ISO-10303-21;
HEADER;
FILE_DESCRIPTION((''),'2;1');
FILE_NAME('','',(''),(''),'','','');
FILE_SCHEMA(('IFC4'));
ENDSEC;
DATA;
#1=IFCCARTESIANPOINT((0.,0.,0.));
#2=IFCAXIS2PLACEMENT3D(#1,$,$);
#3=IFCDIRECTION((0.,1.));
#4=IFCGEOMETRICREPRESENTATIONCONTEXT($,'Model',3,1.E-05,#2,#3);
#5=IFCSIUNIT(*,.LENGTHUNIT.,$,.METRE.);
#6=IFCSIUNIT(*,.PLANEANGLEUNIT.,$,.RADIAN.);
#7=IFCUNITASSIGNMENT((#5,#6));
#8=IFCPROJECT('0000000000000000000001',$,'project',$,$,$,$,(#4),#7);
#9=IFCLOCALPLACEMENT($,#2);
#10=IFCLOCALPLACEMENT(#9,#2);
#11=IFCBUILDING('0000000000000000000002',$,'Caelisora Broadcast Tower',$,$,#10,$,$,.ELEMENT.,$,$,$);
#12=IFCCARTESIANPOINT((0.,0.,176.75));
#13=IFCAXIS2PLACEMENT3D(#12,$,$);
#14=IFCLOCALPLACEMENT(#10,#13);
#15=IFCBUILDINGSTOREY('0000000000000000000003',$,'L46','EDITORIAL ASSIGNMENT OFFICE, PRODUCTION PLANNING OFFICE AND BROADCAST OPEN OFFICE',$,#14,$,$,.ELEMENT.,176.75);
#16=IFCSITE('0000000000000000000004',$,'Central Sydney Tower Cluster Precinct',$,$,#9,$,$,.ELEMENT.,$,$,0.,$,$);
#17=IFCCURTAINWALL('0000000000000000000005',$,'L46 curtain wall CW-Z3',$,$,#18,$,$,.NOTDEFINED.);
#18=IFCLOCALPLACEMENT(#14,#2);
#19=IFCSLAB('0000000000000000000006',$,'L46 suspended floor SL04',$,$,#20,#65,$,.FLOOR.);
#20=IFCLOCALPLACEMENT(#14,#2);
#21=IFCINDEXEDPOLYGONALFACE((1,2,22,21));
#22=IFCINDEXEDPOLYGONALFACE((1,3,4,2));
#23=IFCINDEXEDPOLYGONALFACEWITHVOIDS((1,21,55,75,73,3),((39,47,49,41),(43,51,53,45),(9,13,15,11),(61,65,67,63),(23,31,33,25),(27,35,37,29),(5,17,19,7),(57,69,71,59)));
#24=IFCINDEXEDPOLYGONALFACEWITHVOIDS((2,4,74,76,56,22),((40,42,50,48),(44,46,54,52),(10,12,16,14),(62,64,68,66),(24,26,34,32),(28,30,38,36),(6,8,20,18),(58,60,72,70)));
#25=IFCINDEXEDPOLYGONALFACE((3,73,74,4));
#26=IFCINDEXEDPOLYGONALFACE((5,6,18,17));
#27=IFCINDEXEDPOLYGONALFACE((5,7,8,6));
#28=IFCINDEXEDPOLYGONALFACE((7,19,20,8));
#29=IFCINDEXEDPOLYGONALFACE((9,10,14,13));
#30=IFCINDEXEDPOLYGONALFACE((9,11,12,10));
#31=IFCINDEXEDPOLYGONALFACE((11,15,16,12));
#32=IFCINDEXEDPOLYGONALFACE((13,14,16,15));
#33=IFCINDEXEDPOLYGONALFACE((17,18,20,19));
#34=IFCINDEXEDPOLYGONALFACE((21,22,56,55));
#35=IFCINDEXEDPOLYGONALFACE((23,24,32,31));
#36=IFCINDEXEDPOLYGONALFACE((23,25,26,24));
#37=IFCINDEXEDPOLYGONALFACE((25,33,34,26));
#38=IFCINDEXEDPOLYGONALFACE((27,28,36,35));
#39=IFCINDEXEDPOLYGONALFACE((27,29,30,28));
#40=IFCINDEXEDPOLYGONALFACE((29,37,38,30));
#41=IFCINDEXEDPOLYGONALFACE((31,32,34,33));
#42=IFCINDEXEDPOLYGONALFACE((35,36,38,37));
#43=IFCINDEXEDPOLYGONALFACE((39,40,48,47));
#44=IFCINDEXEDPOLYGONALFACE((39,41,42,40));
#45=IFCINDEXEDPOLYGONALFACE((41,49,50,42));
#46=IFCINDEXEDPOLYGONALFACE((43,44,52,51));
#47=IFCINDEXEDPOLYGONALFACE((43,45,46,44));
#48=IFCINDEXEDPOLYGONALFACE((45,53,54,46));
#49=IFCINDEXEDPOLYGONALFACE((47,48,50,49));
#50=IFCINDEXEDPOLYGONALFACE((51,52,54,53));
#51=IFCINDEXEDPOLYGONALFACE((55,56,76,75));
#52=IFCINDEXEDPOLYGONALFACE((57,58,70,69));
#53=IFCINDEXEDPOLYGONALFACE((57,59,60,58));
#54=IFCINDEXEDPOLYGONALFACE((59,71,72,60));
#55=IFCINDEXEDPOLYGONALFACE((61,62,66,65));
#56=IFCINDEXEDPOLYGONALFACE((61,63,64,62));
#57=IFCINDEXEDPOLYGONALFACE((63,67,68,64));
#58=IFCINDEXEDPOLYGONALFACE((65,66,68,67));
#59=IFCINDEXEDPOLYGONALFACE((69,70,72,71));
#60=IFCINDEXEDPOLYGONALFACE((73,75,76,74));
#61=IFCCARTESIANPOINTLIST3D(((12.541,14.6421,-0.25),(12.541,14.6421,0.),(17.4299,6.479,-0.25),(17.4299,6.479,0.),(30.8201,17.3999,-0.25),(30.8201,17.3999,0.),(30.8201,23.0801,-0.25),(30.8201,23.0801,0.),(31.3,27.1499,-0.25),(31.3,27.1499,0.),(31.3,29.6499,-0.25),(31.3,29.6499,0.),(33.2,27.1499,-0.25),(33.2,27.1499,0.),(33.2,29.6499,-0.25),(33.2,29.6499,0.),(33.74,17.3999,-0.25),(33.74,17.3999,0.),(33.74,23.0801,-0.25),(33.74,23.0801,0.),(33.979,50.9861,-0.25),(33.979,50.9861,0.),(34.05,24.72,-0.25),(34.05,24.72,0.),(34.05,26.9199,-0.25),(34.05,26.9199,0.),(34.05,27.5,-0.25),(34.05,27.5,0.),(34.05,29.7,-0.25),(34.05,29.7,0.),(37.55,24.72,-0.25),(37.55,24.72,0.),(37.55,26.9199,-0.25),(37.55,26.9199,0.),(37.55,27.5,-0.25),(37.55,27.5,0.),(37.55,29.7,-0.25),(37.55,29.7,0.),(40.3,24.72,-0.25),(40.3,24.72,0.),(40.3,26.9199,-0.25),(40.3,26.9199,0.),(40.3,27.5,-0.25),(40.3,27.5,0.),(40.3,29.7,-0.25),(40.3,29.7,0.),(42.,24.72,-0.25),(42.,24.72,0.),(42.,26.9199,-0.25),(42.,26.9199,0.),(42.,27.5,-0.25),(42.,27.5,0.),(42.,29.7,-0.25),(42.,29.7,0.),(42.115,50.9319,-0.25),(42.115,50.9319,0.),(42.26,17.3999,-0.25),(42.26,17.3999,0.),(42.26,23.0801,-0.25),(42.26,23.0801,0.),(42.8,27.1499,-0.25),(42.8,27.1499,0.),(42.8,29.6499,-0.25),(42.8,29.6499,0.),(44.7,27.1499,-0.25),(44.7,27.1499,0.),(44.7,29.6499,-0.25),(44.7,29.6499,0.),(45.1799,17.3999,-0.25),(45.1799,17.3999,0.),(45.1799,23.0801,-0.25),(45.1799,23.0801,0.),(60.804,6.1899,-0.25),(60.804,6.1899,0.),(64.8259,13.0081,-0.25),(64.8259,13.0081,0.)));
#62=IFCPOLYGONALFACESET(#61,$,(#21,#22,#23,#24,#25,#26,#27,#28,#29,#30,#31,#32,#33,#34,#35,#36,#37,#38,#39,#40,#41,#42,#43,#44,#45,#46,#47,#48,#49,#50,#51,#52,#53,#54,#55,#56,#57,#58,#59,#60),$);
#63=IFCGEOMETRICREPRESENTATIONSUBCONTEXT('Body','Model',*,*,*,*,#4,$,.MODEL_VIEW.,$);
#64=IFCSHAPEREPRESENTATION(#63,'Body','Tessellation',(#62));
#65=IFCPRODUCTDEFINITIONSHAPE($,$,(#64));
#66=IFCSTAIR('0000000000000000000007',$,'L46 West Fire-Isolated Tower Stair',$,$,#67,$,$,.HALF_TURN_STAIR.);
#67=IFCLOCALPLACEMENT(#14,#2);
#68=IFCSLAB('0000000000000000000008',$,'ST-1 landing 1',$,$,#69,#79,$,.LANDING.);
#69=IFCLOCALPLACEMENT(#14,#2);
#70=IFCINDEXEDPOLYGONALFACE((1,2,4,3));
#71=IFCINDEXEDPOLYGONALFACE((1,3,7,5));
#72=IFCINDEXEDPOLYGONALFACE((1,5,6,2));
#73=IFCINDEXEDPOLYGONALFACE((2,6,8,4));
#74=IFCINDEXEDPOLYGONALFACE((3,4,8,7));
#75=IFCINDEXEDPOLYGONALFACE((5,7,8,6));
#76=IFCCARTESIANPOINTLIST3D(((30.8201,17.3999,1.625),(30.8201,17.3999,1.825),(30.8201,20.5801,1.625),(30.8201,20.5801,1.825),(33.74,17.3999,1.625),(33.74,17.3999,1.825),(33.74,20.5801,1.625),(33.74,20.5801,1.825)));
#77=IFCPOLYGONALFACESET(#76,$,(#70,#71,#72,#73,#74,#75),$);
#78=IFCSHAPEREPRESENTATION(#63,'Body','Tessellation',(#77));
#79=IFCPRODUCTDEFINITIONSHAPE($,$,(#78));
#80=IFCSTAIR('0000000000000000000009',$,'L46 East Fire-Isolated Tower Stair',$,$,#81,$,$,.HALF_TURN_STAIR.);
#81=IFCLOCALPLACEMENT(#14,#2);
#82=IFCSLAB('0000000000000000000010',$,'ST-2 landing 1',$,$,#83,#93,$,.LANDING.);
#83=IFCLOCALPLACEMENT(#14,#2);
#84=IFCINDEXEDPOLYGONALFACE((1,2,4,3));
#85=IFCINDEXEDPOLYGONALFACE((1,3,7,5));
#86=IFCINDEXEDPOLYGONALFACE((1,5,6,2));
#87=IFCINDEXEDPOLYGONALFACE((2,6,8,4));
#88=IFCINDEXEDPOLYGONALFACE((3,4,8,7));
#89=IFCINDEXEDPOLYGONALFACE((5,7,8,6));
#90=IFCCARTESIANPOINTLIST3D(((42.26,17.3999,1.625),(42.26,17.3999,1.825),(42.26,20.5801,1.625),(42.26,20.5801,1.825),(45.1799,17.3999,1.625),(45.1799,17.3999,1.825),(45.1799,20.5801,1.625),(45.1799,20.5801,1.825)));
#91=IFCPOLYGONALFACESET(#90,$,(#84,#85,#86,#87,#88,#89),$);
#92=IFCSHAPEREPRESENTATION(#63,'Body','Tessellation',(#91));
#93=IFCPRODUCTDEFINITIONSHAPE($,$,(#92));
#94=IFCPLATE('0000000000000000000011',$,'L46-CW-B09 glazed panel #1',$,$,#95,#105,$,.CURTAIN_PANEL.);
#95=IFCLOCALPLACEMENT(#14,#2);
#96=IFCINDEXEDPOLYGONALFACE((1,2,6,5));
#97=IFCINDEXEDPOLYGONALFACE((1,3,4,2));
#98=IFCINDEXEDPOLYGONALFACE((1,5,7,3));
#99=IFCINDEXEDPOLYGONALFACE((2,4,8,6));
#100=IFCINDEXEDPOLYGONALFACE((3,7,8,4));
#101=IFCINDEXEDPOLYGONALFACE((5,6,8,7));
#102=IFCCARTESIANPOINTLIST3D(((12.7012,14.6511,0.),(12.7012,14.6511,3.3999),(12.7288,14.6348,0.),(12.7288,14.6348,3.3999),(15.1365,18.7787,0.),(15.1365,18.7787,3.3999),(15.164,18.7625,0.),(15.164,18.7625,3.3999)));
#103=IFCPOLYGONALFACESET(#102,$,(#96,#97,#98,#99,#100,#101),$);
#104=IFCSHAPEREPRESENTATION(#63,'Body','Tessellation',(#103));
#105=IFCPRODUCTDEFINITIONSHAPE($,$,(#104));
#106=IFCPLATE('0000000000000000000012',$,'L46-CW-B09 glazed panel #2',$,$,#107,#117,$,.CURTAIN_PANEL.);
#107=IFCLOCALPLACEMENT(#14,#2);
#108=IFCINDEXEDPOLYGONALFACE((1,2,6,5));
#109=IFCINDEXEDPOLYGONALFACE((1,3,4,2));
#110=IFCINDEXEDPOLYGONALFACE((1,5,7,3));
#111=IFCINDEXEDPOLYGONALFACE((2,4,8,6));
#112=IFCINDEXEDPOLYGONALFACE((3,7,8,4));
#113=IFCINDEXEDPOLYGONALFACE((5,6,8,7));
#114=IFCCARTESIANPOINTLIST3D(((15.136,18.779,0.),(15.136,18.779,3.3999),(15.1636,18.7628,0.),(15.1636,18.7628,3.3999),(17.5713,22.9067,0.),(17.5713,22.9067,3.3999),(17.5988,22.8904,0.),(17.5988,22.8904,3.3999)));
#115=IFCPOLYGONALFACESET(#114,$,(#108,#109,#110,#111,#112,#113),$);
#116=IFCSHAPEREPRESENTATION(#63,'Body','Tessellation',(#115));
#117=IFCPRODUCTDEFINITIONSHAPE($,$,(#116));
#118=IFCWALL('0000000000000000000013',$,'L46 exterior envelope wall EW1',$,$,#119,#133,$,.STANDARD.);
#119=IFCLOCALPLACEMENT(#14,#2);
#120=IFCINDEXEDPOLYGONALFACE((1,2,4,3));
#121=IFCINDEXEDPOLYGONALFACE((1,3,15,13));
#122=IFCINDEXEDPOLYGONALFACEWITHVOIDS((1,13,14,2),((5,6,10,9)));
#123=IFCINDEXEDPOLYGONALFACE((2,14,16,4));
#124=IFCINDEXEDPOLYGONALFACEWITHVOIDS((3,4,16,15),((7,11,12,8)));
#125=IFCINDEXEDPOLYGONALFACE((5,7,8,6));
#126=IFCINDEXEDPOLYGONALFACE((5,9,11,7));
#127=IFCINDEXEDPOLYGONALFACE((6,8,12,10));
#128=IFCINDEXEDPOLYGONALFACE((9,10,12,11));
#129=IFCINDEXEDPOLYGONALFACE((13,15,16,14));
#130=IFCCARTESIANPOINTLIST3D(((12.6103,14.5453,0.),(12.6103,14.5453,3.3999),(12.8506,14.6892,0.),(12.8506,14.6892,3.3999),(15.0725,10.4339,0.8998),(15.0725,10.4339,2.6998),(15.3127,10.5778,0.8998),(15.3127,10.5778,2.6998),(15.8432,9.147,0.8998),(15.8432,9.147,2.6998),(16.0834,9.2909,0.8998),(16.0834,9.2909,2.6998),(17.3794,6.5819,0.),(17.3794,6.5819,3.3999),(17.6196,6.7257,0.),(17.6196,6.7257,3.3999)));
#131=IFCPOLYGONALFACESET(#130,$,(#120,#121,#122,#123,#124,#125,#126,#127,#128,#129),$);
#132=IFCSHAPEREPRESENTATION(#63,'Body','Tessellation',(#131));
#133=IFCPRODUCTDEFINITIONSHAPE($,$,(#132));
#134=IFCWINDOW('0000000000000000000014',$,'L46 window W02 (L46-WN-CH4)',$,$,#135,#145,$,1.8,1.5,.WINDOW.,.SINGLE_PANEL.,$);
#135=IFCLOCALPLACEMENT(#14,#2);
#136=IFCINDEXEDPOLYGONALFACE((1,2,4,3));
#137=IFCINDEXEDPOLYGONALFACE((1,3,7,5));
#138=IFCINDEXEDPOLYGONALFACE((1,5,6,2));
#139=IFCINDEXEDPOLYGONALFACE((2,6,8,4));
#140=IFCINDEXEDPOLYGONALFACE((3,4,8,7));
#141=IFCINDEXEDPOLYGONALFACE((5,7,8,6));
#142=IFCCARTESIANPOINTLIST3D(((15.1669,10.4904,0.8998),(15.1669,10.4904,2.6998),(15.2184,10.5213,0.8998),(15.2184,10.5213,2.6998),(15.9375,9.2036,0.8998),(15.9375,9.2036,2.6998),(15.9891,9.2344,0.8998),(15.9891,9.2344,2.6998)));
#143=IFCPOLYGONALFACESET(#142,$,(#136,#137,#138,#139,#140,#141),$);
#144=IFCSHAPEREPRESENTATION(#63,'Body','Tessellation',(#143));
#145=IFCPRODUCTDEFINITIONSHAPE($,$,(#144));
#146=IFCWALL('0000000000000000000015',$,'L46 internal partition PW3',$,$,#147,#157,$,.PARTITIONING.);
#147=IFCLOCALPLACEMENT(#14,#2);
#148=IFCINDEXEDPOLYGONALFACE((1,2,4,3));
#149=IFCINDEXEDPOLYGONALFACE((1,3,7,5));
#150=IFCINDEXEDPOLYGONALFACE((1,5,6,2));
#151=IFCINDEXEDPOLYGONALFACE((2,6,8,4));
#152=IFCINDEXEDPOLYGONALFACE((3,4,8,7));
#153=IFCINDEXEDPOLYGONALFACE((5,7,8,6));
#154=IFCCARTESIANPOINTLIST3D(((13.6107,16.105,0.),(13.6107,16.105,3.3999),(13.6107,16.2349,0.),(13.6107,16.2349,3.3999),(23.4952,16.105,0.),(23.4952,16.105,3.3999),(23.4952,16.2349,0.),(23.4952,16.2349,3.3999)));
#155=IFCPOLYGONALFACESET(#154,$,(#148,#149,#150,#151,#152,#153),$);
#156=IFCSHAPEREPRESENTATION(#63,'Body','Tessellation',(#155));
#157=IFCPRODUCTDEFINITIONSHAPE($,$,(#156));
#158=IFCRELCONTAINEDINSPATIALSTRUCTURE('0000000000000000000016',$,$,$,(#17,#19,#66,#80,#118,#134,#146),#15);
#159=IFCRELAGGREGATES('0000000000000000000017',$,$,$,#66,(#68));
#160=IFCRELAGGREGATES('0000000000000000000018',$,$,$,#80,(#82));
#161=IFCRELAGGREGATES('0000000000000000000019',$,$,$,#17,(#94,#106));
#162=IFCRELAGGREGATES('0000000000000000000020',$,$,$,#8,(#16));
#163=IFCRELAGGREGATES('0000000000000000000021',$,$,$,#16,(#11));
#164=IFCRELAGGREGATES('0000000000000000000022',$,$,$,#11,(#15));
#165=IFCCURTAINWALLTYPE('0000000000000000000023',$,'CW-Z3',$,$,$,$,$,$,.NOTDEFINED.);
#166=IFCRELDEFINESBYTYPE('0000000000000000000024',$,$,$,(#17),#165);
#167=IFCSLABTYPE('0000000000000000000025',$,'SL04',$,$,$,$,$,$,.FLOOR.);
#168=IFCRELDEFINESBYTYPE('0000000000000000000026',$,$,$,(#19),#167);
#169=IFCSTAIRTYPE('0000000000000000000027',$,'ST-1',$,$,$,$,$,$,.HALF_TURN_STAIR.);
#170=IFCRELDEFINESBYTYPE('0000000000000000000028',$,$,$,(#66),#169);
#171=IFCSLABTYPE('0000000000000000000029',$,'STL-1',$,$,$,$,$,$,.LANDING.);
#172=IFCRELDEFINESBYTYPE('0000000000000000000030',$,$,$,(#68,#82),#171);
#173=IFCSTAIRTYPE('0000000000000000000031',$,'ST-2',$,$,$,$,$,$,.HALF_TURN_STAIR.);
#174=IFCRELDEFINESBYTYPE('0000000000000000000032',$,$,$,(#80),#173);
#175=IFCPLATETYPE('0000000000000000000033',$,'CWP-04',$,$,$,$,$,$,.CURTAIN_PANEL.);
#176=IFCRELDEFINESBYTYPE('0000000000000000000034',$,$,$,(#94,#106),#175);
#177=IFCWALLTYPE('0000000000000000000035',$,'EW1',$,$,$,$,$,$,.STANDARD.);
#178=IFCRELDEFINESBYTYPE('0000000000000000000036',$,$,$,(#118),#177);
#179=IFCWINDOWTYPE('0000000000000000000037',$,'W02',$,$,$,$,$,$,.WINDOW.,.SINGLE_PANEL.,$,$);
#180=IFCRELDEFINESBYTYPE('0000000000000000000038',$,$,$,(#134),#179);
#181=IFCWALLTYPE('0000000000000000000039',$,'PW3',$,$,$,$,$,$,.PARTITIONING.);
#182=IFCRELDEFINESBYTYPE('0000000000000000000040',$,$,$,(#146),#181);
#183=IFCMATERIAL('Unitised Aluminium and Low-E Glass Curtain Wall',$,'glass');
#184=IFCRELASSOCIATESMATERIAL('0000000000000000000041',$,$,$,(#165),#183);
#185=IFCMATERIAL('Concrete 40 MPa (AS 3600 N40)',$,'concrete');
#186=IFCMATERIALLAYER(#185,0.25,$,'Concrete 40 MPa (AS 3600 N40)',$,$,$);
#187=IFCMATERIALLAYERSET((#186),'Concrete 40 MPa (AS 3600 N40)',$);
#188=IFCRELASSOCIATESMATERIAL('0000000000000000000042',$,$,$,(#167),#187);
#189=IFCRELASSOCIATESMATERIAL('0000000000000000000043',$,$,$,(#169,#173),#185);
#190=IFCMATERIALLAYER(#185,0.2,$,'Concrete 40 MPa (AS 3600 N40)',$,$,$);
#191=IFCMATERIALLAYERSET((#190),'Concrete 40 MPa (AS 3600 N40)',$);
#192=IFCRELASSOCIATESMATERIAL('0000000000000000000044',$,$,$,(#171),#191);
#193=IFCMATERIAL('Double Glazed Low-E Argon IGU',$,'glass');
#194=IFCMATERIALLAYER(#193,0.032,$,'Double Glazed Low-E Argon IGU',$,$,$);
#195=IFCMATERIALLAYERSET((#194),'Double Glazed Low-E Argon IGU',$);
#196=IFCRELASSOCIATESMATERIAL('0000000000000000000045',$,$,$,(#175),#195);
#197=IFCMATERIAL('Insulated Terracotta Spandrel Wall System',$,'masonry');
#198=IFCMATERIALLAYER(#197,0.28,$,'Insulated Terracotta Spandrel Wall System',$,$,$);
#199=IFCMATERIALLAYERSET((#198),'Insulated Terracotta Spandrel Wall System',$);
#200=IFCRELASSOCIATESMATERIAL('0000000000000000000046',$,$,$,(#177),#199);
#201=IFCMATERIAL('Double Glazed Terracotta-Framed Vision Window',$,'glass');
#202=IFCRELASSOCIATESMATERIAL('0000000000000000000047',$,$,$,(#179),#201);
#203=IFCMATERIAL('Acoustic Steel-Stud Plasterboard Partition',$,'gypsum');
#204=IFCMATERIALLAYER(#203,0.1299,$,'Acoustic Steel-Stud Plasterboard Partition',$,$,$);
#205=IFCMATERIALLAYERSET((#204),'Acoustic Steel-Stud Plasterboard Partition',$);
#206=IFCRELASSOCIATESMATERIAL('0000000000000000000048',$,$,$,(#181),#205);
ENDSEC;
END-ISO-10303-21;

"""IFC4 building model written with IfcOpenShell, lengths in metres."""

from ifc_helpers import new_model, si_unit, direction, frame, frame_2d, origin, origin_2d, place, context, subcontext, project, spatial, polyline, rectangle, outline, extrude, source, transform, mapped, material, layer, layer_set, type_object, type_shapes, element, fill, aggregate, save


model = new_model("IFC4")

# Units and contexts
model_context = context("Model", 3, precision=1e-05, world=origin(), true_north=direction((0.0, 1.0)))
body_context = subcontext(model_context, "Body", "Model", "MODEL_VIEW")
ifc_project = project(units=[si_unit("LENGTHUNIT", "METRE"), si_unit("PLANEANGLEUNIT", "RADIAN")], contexts=[model_context])

# Site, building, storey
site_placement = place(None, origin())
site = spatial("IfcSite", under=ifc_project, at=site_placement, Name="Central Sydney Tower Cluster Precinct", CompositionType="ELEMENT", RefElevation=0.0)
building_placement = place(site_placement, origin())
building = spatial("IfcBuilding", under=site, at=building_placement, Name="Caelisora Broadcast Tower", CompositionType="ELEMENT")
storey_placement = place(building_placement, frame((0.0, 0.0, 176.75)))
storey = spatial("IfcBuildingStorey", under=building, at=storey_placement, Name="L46", Description="EDITORIAL ASSIGNMENT OFFICE, PRODUCTION PLANNING OFFICE AND BROADCAST OPEN OFFICE", CompositionType="ELEMENT", Elevation=176.75)

# Shared definitions
ifc_material_1 = material(Name="Unitised Aluminium and Low-E Glass Curtain Wall", Category="glass")
curtain_wall_type = type_object("IfcCurtainWallType", Name="CW-Z3", PredefinedType="NOTDEFINED", material=ifc_material_1)

# Curtain wall
curtain_wall_1_placement = place(storey_placement, origin())
curtain_wall_1 = element("IfcCurtainWall", 1, at=curtain_wall_1_placement, inside=storey, type_object=curtain_wall_type, Name="L46 curtain wall CW-Z3", PredefinedType="NOTDEFINED")

# Slab
ifc_material_2 = material(Name="Concrete 40 MPa (AS 3600 N40)", Category="concrete")
ifc_layer_1 = layer(ifc_material_2, 0.25, Name="Concrete 40 MPa (AS 3600 N40)")
ifc_layer_set_1 = layer_set([ifc_layer_1], Name="Concrete 40 MPa (AS 3600 N40)")
slab_type_1 = type_object("IfcSlabType", Name="SL04", PredefinedType="FLOOR", material=ifc_layer_set_1)
slab_1_placement = place(storey_placement, frame((0.0, 0.0, -0.25)))
element("IfcSlab", 2, at=slab_1_placement, inside=storey, type_object=slab_type_1, Name="L46 suspended floor SL04", PredefinedType="FLOOR", context=body_context, shape_type="SweptSolid", body=[
    extrude(outline(polyline([(42.115, 50.9319), (33.979, 50.9861), (12.541, 14.6421), (17.4299, 6.479), (60.804, 6.1899), (64.8259, 13.0081), (42.115, 50.9319)]), holes=[polyline([(30.8201, 17.3999), (33.74, 17.3999), (33.74, 23.0801), (30.8201, 23.0801), (30.8201, 17.3999)]), polyline([(42.26, 17.3999), (45.1799, 17.3999), (45.1799, 23.0801), (42.26, 23.0801), (42.26, 17.3999)]), polyline([(42.8, 27.1499), (44.7, 27.1499), (44.7, 29.6499), (42.8, 29.6499), (42.8, 27.1499)]), polyline([(40.3, 24.72), (42.0, 24.72), (42.0, 26.9199), (40.3, 26.9199), (40.3, 24.72)]), polyline([(40.3, 27.5), (42.0, 27.5), (42.0, 29.7), (40.3, 29.7), (40.3, 27.5)]), polyline([(34.05, 24.72), (37.55, 24.72), (37.55, 26.9199), (34.05, 26.9199), (34.05, 24.72)]), polyline([(34.05, 27.5), (37.55, 27.5), (37.55, 29.7), (34.05, 29.7), (34.05, 27.5)]), polyline([(31.3, 27.1499), (33.2, 27.1499), (33.2, 29.6499), (31.3, 29.6499), (31.3, 27.1499)])]), origin(), (0.0, 0.0, 1.0), 0.25),
])

# Stairs, slabs
stair_type_1 = type_object("IfcStairType", Name="ST-1", PredefinedType="HALF_TURN_STAIR", material=ifc_material_2)
stair_1_placement = place(storey_placement, origin())
stair_1 = element("IfcStair", 3, at=stair_1_placement, inside=storey, type_object=stair_type_1, Name="L46 West Fire-Isolated Tower Stair", PredefinedType="HALF_TURN_STAIR")
ifc_layer_2 = layer(ifc_material_2, 0.2, Name="Concrete 40 MPa (AS 3600 N40)")
ifc_layer_set_2 = layer_set([ifc_layer_2], Name="Concrete 40 MPa (AS 3600 N40)")
slab_type_2 = type_object("IfcSlabType", Name="STL-1", PredefinedType="LANDING", material=ifc_layer_set_2)
slab_2_placement = place(storey_placement, frame((0.0, 0.0, 1.625)))
slab_2 = element("IfcSlab", 4, at=slab_2_placement, type_object=slab_type_2, Name="ST-1 landing 1", PredefinedType="LANDING", context=body_context, shape_type="SweptSolid", body=[
    extrude(outline(polyline([(30.8201, 20.5801), (30.8201, 17.3999), (33.74, 17.3999), (33.74, 20.5801), (30.8201, 20.5801)])), origin(), (0.0, 0.0, 1.0), 0.2),
])
aggregate(stair_1, [slab_2])
stair_type_2 = type_object("IfcStairType", Name="ST-2", PredefinedType="HALF_TURN_STAIR", material=ifc_material_2)
stair_2_placement = place(storey_placement, origin())
stair_2 = element("IfcStair", 5, at=stair_2_placement, inside=storey, type_object=stair_type_2, Name="L46 East Fire-Isolated Tower Stair", PredefinedType="HALF_TURN_STAIR")
slab_3_placement = place(storey_placement, frame((0.0, 0.0, 1.625)))
slab_3 = element("IfcSlab", 6, at=slab_3_placement, type_object=slab_type_2, Name="ST-2 landing 1", PredefinedType="LANDING", context=body_context, shape_type="SweptSolid", body=[
    extrude(outline(polyline([(42.26, 20.5801), (42.26, 17.3999), (45.1799, 17.3999), (45.1799, 20.5801), (42.26, 20.5801)])), origin(), (0.0, 0.0, 1.0), 0.2),
])
aggregate(stair_2, [slab_3])

# Plates
ifc_material_3 = material(Name="Double Glazed Low-E Argon IGU", Category="glass")
ifc_layer_3 = layer(ifc_material_3, 0.032, Name="Double Glazed Low-E Argon IGU")
ifc_layer_set_3 = layer_set([ifc_layer_3], Name="Double Glazed Low-E Argon IGU")
plate_type = type_object("IfcPlateType", Name="CWP-04", PredefinedType="CURTAIN_PANEL", material=ifc_layer_set_3)
shared_shape_1 = source(origin(), body_context, "Body", "SweptSolid", [
    extrude(rectangle(XDim=4.7925, YDim=0.032, at=origin_2d()), origin(), (0.0, 0.0, 1.0), 3.3999),
])
type_shapes(plate_type, [shared_shape_1])
plate_1_placement = place(storey_placement, frame((13.9326, 16.7068, 0.0), z_axis=(0.0, 0.0, 1.0), x_axis=(0.50814, 0.861275, 0.0)))
plate_1 = element("IfcPlate", 7, at=plate_1_placement, type_object=plate_type, Name="L46-CW-B09 glazed panel #1", PredefinedType="CURTAIN_PANEL", context=body_context, shape_type="MappedRepresentation", body=[
    mapped(shared_shape_1, transform((0.0, 0.0, 0.0), scale=1.0)),
])
plate_2_placement = place(storey_placement, frame((16.3674, 20.8347, 0.0), z_axis=(0.0, 0.0, 1.0), x_axis=(0.50814, 0.861275, 0.0)))
plate_2 = element("IfcPlate", 8, at=plate_2_placement, type_object=plate_type, Name="L46-CW-B09 glazed panel #2", PredefinedType="CURTAIN_PANEL", context=body_context, shape_type="MappedRepresentation", body=[
    mapped(shared_shape_1, transform((0.0, 0.0, 0.0), scale=1.0)),
])
aggregate(curtain_wall_1, [plate_1, plate_2])

# Wall, opening, window
ifc_material_4 = material(Name="Insulated Terracotta Spandrel Wall System", Category="masonry")
ifc_layer_4 = layer(ifc_material_4, 0.28, Name="Insulated Terracotta Spandrel Wall System")
ifc_layer_set_4 = layer_set([ifc_layer_4], Name="Insulated Terracotta Spandrel Wall System")
wall_type_1 = type_object("IfcWallType", Name="EW1", PredefinedType="STANDARD", material=ifc_layer_set_4)
wall_1_placement = place(storey_placement, frame((17.4995, 6.6538, 0.0), z_axis=(0.0, 0.0, 1.0), x_axis=(-0.513784, 0.85792, 0.0)))
wall_1 = element("IfcWall", 9, at=wall_1_placement, inside=storey, type_object=wall_type_1, Name="L46 exterior envelope wall EW1", PredefinedType="STANDARD", context=body_context, shape_type="SweptSolid", body=[
    extrude(rectangle(XDim=9.2822, YDim=0.28, at=frame_2d((4.6411, 0.0))), origin(), (0.0, 0.0, 1.0), 3.3999),
])
opening_1_placement = place(wall_1_placement, frame((2.99, 0.0, 0.8999)))
opening_1 = element("IfcOpeningElement", 10, at=opening_1_placement, cuts=wall_1, PredefinedType="OPENING", context=body_context, shape_type="SweptSolid", body=[
    extrude(rectangle(XDim=1.5, YDim=1.8, at=frame_2d((0.75, 0.8999))), frame((0.0, 0.1521, 0.0), z_axis=(0.0, -1.0, 0.0), x_axis=(1.0, 0.0, 0.0)), (0.0, 0.0, 1.0), 0.304),
])
ifc_material_5 = material(Name="Double Glazed Terracotta-Framed Vision Window", Category="glass")
window_type = type_object("IfcWindowType", Name="W02", PartitioningType="SINGLE_PANEL", PredefinedType="WINDOW", material=ifc_material_5)
window_placement = place(opening_1_placement, origin())
window = element("IfcWindow", 11, at=window_placement, inside=storey, type_object=window_type, Name="L46 window W02 (L46-WN-CH4)", OverallHeight=1.8, OverallWidth=1.5, PartitioningType="SINGLE_PANEL", PredefinedType="WINDOW", context=body_context, shape_type="SweptSolid", body=[
    extrude(rectangle(XDim=1.5, YDim=1.8, at=frame_2d((0.75, 0.8999))), frame((0.0, 0.03, 0.0), z_axis=(0.0, -1.0, 0.0), x_axis=(1.0, 0.0, 0.0)), (0.0, 0.0, 1.0), 0.0601),
])
fill(opening_1, window)

# Wall
ifc_material_6 = material(Name="Acoustic Steel-Stud Plasterboard Partition", Category="gypsum")
ifc_layer_5 = layer(ifc_material_6, 0.1299, Name="Acoustic Steel-Stud Plasterboard Partition")
ifc_layer_set_5 = layer_set([ifc_layer_5], Name="Acoustic Steel-Stud Plasterboard Partition")
wall_type_2 = type_object("IfcWallType", Name="PW3", PredefinedType="PARTITIONING", material=ifc_layer_set_5)
wall_2_placement = place(storey_placement, frame((13.6106, 16.1699, 0.0), z_axis=(0.0, 0.0, 1.0), x_axis=(1.0, 0.0, 0.0)))
element("IfcWall", 12, at=wall_2_placement, inside=storey, type_object=wall_type_2, Name="L46 internal partition PW3", PredefinedType="PARTITIONING", context=body_context, shape_type="SweptSolid", body=[
    extrude(rectangle(XDim=9.8845, YDim=0.1299, at=frame_2d((4.9424, 0.0))), origin(), (0.0, 0.0, 1.0), 3.3999),
])

save(model, "model.ifc")
